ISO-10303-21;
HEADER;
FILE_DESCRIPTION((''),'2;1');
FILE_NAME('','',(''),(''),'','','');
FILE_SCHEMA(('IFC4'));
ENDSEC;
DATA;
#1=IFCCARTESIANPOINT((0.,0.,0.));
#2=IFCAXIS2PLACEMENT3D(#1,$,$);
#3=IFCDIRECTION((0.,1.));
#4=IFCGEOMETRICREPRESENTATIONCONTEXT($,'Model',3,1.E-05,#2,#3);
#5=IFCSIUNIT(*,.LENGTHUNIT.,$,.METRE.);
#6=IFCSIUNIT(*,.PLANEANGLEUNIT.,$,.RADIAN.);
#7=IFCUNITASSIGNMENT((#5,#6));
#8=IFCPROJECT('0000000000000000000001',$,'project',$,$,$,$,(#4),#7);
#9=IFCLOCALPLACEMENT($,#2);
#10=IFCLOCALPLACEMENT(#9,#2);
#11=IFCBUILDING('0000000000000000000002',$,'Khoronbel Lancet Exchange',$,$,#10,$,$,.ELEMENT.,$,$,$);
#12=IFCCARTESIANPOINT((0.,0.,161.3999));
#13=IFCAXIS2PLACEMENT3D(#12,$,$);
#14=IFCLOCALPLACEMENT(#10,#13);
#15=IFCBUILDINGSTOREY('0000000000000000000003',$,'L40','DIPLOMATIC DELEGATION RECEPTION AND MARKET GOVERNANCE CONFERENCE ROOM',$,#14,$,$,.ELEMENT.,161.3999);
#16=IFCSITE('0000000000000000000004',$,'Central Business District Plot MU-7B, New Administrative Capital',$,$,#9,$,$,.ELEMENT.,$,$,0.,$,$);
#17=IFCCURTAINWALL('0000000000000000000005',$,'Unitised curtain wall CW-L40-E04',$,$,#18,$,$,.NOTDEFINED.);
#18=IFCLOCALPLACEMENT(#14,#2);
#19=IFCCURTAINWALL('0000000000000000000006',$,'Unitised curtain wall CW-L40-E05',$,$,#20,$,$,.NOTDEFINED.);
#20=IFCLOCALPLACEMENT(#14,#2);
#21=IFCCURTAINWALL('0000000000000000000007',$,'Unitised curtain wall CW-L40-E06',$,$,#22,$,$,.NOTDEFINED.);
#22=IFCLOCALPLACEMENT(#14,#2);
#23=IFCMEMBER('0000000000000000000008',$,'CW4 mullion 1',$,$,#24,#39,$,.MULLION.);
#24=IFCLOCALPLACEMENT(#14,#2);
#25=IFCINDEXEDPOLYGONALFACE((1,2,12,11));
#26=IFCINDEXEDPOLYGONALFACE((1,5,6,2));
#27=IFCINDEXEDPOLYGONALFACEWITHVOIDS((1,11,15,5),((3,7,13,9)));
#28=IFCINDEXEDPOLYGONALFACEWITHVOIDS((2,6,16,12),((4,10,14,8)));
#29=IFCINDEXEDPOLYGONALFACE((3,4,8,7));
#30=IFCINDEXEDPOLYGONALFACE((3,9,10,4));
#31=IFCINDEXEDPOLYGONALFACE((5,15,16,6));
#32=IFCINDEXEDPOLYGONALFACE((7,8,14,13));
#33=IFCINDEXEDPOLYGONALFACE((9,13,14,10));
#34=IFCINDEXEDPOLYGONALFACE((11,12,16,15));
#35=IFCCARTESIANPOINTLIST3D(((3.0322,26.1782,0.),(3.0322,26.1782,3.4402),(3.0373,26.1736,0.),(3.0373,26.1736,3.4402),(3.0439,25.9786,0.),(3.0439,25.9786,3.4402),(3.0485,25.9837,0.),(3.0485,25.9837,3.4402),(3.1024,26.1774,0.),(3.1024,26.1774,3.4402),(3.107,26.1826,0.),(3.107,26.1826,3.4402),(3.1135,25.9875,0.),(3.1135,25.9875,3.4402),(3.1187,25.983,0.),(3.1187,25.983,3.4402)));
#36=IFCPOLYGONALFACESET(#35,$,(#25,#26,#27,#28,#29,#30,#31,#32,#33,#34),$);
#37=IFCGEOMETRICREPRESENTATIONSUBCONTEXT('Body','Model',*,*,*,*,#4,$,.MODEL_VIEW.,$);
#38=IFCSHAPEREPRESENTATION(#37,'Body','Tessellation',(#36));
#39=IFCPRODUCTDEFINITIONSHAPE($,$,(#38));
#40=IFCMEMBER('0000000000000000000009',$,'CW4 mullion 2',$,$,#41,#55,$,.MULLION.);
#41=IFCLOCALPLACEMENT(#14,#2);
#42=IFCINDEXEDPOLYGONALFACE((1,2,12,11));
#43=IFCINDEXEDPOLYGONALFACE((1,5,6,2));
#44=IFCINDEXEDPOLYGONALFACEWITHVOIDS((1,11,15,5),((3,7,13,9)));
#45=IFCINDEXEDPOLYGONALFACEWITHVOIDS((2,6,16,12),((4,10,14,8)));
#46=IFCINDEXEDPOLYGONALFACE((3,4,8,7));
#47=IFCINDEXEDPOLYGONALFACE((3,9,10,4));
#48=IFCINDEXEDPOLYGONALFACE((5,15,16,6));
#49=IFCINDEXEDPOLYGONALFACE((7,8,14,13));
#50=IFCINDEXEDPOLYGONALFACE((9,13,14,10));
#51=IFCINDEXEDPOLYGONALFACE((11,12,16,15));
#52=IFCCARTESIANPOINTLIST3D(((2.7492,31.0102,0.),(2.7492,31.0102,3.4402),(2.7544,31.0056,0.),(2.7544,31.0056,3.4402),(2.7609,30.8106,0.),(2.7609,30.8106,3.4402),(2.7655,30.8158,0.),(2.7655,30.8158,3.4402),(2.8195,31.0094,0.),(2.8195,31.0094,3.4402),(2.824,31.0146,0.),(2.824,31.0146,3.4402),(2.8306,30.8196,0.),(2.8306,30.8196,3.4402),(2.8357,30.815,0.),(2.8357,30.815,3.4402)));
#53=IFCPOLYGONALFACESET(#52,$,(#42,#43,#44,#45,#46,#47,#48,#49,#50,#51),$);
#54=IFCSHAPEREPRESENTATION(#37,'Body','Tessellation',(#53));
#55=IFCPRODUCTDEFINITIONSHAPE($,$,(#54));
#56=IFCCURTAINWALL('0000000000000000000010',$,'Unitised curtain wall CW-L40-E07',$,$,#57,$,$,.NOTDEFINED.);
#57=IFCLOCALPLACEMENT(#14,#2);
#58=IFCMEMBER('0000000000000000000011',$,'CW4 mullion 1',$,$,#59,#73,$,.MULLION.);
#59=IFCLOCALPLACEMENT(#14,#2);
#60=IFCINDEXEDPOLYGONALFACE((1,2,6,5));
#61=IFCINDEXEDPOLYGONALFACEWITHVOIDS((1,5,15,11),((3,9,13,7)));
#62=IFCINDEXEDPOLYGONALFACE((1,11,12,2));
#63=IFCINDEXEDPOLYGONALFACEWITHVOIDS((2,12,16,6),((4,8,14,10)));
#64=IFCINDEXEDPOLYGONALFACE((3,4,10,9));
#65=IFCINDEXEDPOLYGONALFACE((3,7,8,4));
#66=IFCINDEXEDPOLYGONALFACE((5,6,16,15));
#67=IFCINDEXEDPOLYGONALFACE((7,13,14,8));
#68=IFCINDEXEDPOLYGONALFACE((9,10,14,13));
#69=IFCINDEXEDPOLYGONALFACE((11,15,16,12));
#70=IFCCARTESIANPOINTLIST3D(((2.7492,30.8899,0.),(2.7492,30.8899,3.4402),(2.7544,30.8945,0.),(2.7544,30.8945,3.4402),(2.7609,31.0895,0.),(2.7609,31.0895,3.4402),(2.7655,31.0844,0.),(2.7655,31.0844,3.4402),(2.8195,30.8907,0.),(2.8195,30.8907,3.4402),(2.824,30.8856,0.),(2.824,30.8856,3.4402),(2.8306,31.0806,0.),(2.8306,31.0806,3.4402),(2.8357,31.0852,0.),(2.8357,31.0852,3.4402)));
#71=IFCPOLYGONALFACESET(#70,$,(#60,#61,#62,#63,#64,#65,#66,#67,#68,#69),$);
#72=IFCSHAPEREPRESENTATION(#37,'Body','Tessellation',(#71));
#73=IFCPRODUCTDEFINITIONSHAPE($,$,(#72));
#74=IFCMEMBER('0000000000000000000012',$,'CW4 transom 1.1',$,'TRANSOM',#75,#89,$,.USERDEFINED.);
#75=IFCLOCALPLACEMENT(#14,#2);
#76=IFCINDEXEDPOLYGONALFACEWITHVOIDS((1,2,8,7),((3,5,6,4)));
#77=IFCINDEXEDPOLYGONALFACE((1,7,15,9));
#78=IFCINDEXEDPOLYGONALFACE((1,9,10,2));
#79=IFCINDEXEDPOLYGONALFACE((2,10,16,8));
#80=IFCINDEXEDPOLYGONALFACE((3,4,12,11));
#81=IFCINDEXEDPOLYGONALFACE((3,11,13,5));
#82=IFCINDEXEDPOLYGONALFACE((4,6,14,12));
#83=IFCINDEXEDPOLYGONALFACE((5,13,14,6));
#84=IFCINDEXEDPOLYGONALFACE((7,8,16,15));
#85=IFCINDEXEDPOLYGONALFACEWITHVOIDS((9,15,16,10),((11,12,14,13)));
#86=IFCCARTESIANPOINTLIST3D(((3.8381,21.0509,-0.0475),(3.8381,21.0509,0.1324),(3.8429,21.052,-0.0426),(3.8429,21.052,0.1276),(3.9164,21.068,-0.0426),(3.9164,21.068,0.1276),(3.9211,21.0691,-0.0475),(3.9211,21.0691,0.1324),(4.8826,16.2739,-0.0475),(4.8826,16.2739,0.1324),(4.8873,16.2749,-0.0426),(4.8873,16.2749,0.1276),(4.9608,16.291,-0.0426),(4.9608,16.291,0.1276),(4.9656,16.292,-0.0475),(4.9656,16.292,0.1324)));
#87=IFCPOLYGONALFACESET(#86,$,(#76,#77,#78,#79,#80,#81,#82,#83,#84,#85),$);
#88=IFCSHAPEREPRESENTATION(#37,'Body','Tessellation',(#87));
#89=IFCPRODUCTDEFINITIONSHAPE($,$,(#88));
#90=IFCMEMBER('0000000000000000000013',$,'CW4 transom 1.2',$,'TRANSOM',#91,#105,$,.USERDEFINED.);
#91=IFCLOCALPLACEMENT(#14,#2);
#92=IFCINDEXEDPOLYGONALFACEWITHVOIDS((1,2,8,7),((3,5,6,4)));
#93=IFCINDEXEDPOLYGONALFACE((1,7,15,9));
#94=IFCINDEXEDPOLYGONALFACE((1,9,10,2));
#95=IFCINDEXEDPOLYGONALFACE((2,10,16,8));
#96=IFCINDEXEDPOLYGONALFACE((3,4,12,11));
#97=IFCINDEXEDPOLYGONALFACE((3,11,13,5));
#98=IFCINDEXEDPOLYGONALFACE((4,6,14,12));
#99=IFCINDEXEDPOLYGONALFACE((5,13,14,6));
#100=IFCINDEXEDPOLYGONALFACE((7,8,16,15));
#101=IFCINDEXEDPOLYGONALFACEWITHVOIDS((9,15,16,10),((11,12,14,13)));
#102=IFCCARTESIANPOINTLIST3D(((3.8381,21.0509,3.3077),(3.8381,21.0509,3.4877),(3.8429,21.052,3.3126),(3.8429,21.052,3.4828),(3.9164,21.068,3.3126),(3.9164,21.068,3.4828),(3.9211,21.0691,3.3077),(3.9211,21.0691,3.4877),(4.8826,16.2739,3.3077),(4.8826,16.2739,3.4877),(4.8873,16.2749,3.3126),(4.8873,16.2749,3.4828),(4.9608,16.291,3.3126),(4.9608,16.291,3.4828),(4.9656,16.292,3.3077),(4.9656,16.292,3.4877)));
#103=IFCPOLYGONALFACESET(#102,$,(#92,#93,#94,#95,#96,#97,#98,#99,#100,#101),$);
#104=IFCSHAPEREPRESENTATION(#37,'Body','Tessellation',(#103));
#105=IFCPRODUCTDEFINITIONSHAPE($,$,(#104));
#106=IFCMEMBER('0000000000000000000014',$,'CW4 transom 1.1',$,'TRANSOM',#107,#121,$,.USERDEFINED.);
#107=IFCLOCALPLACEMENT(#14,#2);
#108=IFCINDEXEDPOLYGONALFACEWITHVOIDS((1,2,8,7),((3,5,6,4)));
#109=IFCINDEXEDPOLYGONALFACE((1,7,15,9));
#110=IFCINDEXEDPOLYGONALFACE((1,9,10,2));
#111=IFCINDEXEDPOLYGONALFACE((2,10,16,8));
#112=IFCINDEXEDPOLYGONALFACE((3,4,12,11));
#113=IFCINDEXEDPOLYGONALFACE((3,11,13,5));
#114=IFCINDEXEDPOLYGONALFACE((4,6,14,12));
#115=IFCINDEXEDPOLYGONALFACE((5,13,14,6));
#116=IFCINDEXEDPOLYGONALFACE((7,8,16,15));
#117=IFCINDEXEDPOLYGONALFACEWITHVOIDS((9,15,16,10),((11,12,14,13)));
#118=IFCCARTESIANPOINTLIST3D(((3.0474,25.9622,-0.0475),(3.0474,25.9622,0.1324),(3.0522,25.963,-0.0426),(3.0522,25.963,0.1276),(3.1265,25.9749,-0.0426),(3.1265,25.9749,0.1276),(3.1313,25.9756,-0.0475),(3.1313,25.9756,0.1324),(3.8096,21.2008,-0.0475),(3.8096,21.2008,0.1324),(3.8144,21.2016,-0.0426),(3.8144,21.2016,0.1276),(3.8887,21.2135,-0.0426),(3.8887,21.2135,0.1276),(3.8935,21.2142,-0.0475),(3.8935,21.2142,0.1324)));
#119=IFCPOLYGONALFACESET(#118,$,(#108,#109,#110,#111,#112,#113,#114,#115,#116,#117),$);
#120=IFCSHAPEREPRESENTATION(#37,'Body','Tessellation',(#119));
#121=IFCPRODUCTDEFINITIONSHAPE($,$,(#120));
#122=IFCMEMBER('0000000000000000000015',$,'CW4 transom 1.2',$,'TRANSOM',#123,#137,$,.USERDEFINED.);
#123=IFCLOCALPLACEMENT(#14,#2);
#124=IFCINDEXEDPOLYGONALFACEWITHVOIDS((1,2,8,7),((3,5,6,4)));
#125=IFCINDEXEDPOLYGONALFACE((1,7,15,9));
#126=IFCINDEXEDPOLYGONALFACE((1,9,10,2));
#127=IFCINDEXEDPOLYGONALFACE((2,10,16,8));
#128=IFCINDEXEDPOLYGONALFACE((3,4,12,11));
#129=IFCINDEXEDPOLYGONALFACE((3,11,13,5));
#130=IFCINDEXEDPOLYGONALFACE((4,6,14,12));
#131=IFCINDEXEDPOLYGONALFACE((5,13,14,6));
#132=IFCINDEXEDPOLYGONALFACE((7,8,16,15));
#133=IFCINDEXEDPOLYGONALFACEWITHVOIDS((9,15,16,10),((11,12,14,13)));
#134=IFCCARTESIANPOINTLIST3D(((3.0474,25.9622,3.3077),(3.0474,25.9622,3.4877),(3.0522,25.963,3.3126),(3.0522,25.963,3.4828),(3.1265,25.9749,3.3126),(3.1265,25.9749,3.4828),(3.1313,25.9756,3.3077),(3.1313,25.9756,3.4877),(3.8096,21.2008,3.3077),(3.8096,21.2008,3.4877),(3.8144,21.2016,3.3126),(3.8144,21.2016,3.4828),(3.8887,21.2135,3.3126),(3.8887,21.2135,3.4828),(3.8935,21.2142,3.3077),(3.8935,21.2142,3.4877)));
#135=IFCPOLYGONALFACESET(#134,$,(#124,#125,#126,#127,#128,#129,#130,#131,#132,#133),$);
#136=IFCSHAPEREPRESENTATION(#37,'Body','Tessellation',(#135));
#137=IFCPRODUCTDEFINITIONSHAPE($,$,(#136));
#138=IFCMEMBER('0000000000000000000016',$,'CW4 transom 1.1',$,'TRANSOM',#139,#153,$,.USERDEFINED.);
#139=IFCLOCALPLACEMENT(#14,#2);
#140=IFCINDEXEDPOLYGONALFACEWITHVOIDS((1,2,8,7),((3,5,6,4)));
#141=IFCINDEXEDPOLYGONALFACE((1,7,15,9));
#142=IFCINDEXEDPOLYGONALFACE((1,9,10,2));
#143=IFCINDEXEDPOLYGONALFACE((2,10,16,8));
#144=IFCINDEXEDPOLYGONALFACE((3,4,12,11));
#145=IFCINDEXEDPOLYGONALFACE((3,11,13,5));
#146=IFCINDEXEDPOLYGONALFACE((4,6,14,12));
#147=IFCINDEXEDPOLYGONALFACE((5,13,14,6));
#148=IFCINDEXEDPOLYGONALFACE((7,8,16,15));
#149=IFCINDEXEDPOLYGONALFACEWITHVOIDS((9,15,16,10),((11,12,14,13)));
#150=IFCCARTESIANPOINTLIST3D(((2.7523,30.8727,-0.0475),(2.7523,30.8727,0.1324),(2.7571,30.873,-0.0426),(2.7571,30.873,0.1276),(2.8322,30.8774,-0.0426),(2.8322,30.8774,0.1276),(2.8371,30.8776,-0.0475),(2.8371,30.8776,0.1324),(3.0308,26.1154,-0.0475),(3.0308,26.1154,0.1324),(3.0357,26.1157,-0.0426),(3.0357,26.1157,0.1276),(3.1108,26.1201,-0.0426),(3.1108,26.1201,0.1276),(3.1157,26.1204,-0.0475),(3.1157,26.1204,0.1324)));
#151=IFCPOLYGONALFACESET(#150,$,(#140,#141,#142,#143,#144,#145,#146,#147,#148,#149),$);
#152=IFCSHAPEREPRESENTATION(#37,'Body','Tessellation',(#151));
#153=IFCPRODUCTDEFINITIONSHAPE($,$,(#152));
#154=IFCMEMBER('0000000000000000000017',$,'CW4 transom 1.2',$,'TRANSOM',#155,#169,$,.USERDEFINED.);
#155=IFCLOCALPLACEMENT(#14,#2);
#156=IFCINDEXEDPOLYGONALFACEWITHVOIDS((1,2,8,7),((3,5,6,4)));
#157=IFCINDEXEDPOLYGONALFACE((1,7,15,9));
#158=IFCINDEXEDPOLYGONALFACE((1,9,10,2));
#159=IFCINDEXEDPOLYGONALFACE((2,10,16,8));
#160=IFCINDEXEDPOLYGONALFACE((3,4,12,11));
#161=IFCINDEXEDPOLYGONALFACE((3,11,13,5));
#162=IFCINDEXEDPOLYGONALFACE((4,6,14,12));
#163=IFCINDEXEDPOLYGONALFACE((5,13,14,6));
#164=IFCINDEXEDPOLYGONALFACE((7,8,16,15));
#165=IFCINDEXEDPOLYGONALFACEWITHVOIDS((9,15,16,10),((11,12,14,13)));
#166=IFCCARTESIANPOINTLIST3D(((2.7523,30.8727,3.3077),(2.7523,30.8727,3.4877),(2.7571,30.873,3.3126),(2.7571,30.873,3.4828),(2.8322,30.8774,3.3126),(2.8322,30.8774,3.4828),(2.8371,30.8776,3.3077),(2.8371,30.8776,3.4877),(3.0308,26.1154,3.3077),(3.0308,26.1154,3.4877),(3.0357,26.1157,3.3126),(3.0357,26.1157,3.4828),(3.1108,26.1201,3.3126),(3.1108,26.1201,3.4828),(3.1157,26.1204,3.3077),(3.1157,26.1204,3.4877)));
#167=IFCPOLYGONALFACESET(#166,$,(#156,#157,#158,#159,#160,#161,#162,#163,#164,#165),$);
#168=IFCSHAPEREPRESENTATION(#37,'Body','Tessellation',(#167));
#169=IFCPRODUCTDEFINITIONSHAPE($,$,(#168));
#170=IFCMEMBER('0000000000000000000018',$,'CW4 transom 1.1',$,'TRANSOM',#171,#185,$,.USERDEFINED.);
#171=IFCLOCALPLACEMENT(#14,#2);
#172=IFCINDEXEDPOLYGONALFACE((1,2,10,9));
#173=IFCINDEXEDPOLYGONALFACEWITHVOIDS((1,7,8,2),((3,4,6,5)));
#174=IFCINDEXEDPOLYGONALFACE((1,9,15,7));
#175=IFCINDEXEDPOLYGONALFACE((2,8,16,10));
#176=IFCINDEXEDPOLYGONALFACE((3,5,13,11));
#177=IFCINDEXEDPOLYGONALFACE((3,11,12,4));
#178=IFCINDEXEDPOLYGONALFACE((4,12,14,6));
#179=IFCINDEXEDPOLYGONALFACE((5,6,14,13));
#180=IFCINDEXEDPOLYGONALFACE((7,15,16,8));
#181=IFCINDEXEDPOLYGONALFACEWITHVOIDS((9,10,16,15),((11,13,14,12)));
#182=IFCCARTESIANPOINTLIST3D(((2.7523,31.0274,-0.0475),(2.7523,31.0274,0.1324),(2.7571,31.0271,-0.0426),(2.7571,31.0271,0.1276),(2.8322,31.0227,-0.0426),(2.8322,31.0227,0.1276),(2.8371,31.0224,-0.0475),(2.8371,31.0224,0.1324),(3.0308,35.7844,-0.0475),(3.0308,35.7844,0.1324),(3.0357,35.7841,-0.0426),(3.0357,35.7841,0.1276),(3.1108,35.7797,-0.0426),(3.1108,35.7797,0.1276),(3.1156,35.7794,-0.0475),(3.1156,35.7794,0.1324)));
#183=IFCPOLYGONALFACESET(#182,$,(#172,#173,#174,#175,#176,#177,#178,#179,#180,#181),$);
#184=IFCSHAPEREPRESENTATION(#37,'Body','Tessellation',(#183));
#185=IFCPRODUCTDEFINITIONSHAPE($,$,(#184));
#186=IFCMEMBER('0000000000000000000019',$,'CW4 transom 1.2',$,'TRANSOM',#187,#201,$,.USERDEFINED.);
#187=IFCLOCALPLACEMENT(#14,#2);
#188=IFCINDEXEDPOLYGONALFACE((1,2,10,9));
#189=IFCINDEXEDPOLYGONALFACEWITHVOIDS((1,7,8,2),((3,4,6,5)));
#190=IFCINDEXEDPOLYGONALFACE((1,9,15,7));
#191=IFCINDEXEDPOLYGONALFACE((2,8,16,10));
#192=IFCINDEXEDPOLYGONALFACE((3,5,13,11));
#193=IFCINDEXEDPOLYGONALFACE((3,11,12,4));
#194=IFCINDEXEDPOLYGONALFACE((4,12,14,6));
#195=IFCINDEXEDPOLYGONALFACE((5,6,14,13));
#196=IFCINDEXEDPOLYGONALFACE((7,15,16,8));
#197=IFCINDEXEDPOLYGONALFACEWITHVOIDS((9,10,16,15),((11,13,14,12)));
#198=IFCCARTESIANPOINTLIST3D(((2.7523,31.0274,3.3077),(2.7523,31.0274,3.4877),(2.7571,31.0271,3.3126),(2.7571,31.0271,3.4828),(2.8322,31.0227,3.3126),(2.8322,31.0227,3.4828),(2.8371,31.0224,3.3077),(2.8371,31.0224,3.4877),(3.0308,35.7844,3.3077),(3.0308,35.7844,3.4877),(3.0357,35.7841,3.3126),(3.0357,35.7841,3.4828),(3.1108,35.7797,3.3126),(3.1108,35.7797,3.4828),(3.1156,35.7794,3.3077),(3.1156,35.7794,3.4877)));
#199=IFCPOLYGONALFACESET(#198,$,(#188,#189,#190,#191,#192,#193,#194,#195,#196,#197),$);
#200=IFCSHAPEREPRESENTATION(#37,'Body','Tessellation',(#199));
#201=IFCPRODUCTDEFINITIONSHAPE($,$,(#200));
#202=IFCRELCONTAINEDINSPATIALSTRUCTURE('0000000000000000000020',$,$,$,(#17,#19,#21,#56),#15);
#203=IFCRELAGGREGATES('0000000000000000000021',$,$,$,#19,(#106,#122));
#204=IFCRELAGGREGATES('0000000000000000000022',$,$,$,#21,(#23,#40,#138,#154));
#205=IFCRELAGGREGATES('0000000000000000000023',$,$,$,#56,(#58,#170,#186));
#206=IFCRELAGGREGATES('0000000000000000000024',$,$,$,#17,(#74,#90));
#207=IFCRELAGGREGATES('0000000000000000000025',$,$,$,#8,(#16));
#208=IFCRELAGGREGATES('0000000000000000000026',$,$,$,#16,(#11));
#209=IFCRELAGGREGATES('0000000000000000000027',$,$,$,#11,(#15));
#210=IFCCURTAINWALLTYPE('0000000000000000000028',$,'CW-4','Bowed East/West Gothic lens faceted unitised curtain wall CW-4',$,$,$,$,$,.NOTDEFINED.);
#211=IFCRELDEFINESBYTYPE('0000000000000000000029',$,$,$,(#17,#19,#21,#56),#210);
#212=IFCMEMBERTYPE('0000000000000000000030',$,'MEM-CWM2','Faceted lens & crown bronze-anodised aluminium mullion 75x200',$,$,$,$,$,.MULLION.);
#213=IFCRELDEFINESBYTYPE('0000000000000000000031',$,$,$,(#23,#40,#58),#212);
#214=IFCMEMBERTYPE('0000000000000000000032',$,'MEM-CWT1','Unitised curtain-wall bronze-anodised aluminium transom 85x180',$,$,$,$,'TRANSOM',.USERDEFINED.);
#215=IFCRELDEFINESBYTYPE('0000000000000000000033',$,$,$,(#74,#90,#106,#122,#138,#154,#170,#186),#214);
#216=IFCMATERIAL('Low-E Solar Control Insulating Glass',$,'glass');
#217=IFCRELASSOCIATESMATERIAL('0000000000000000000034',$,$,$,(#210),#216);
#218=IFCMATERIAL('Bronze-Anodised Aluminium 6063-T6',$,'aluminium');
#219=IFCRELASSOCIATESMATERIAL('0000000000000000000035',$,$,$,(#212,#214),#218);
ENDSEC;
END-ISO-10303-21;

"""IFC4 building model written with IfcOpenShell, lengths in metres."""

from ifc_helpers import new_model, si_unit, direction, frame, origin, origin_2d, place, context, subcontext, project, spatial, hollow_rectangle, extrude, material, material_profile, profile_set, type_object, element, aggregate, save


model = new_model("IFC4")

# Units and contexts
model_context = context("Model", 3, precision=1e-05, world=origin(), true_north=direction((0.0, 1.0)))
body_context = subcontext(model_context, "Body", "Model", "MODEL_VIEW")
ifc_project = project(units=[si_unit("LENGTHUNIT", "METRE"), si_unit("PLANEANGLEUNIT", "RADIAN")], contexts=[model_context])

# Site, building, storey
site_placement = place(None, origin())
site = spatial("IfcSite", under=ifc_project, at=site_placement, Name="Central Business District Plot MU-7B, New Administrative Capital", CompositionType="ELEMENT", RefElevation=0.0)
building_placement = place(site_placement, origin())
building = spatial("IfcBuilding", under=site, at=building_placement, Name="Khoronbel Lancet Exchange", CompositionType="ELEMENT")
storey_placement = place(building_placement, frame((0.0, 0.0, 161.3999)))
storey = spatial("IfcBuildingStorey", under=building, at=storey_placement, Name="L40", Description="DIPLOMATIC DELEGATION RECEPTION AND MARKET GOVERNANCE CONFERENCE ROOM", CompositionType="ELEMENT", Elevation=161.3999)

# Curtain walls, members
ifc_material_1 = material(Name="Low-E Solar Control Insulating Glass", Category="glass")
curtain_wall_type = type_object("IfcCurtainWallType", Name="CW-4", Description="Bowed East/West Gothic lens faceted unitised curtain wall CW-4", PredefinedType="NOTDEFINED", material=ifc_material_1)
curtain_wall_1_placement = place(storey_placement, origin())
curtain_wall_1 = element("IfcCurtainWall", 1, at=curtain_wall_1_placement, inside=storey, type_object=curtain_wall_type, Name="Unitised curtain wall CW-L40-E04", PredefinedType="NOTDEFINED")
ifc_material_2 = material(Name="Bronze-Anodised Aluminium 6063-T6", Category="aluminium")
ifc_material_profile_1 = material_profile(ifc_material_2, hollow_rectangle(XDim=0.075, YDim=0.2, WallThickness=0.0049, at=origin_2d()), Name="ALU MULLION 75x200")
ifc_profile_set_1 = profile_set([ifc_material_profile_1], Name="Bronze-Anodised Aluminium 6063-T6")
member_type_1 = type_object("IfcMemberType", Name="MEM-CWM2", Description="Faceted lens & crown bronze-anodised aluminium mullion 75x200", PredefinedType="MULLION", material=ifc_profile_set_1)
curtain_wall_2_placement = place(storey_placement, origin())
curtain_wall_2 = element("IfcCurtainWall", 2, at=curtain_wall_2_placement, inside=storey, type_object=curtain_wall_type, Name="Unitised curtain wall CW-L40-E05", PredefinedType="NOTDEFINED")
curtain_wall_3_placement = place(storey_placement, origin())
curtain_wall_3 = element("IfcCurtainWall", 3, at=curtain_wall_3_placement, inside=storey, type_object=curtain_wall_type, Name="Unitised curtain wall CW-L40-E06", PredefinedType="NOTDEFINED")
member_1_placement = place(storey_placement, frame((3.0754, 26.0806, 0.0), z_axis=(0.0, 0.0, 1.0), x_axis=(-0.998289, -0.05847, 0.0)))
member_1 = element("IfcMember", 4, at=member_1_placement, type_object=member_type_1, Name="CW4 mullion 1", PredefinedType="MULLION", context=body_context, shape_type="SweptSolid", body=[
    extrude(hollow_rectangle(XDim=0.075, YDim=0.2, WallThickness=0.0049, at=origin_2d()), origin(), (0.0, 0.0, 1.0), 3.4402),
])
member_2_placement = place(storey_placement, frame((2.7925, 30.9126, 0.0), z_axis=(0.0, 0.0, 1.0), x_axis=(-0.998289, -0.05847, 0.0)))
member_2 = element("IfcMember", 5, at=member_2_placement, type_object=member_type_1, Name="CW4 mullion 2", PredefinedType="MULLION", context=body_context, shape_type="SweptSolid", body=[
    extrude(hollow_rectangle(XDim=0.075, YDim=0.2, WallThickness=0.0049, at=origin_2d()), origin(), (0.0, 0.0, 1.0), 3.4402),
])

# Curtain wall, member
curtain_wall_4_placement = place(storey_placement, origin())
curtain_wall_4 = element("IfcCurtainWall", 6, at=curtain_wall_4_placement, inside=storey, type_object=curtain_wall_type, Name="Unitised curtain wall CW-L40-E07", PredefinedType="NOTDEFINED")
member_3_placement = place(storey_placement, frame((2.7925, 30.9875, 0.0), z_axis=(0.0, 0.0, 1.0), x_axis=(-0.998289, 0.05847, 0.0)))
member_3 = element("IfcMember", 7, at=member_3_placement, type_object=member_type_1, Name="CW4 mullion 1", PredefinedType="MULLION", context=body_context, shape_type="SweptSolid", body=[
    extrude(hollow_rectangle(XDim=0.075, YDim=0.2, WallThickness=0.0049, at=origin_2d()), origin(), (0.0, 0.0, 1.0), 3.4402),
])

# Members
ifc_material_profile_2 = material_profile(ifc_material_2, hollow_rectangle(XDim=0.085, YDim=0.1799, WallThickness=0.0049, at=origin_2d()), Name="ALU TRANSOM 85x180")
ifc_profile_set_2 = profile_set([ifc_material_profile_2], Name="Bronze-Anodised Aluminium 6063-T6")
member_type_2 = type_object("IfcMemberType", Name="MEM-CWT1", Description="Unitised curtain-wall bronze-anodised aluminium transom 85x180", ElementType="TRANSOM", PredefinedType="USERDEFINED", material=ifc_profile_set_2)
member_4_placement = place(storey_placement, frame((4.9241, 16.283, 0.0425), z_axis=(-0.213588, 0.976924, 0.0), x_axis=(-0.976924, -0.213588, 0.0)))
member_4 = element("IfcMember", 8, at=member_4_placement, type_object=member_type_2, Name="CW4 transom 1.1", ObjectType="TRANSOM", PredefinedType="USERDEFINED", context=body_context, shape_type="SweptSolid", body=[
    extrude(hollow_rectangle(XDim=0.085, YDim=0.1799, WallThickness=0.0049, at=origin_2d()), origin(), (0.0, 0.0, 1.0), 4.8899),
])
member_5_placement = place(storey_placement, frame((4.9241, 16.283, 3.3977), z_axis=(-0.213588, 0.976924, 0.0), x_axis=(-0.976924, -0.213588, 0.0)))
member_5 = element("IfcMember", 9, at=member_5_placement, type_object=member_type_2, Name="CW4 transom 1.2", ObjectType="TRANSOM", PredefinedType="USERDEFINED", context=body_context, shape_type="SweptSolid", body=[
    extrude(hollow_rectangle(XDim=0.085, YDim=0.1799, WallThickness=0.0049, at=origin_2d()), origin(), (0.0, 0.0, 1.0), 4.8899),
])
member_6_placement = place(storey_placement, frame((3.8516, 21.2075, 0.0425), z_axis=(-0.158066, 0.987429, 0.0), x_axis=(-0.987429, -0.158066, 0.0)))
member_6 = element("IfcMember", 10, at=member_6_placement, type_object=member_type_2, Name="CW4 transom 1.1", ObjectType="TRANSOM", PredefinedType="USERDEFINED", context=body_context, shape_type="SweptSolid", body=[
    extrude(hollow_rectangle(XDim=0.085, YDim=0.1799, WallThickness=0.0049, at=origin_2d()), origin(), (0.0, 0.0, 1.0), 4.822),
])
member_7_placement = place(storey_placement, frame((3.8516, 21.2075, 3.3977), z_axis=(-0.158066, 0.987429, 0.0), x_axis=(-0.987429, -0.158066, 0.0)))
member_7 = element("IfcMember", 11, at=member_7_placement, type_object=member_type_2, Name="CW4 transom 1.2", ObjectType="TRANSOM", PredefinedType="USERDEFINED", context=body_context, shape_type="SweptSolid", body=[
    extrude(hollow_rectangle(XDim=0.085, YDim=0.1799, WallThickness=0.0049, at=origin_2d()), origin(), (0.0, 0.0, 1.0), 4.822),
])
member_8_placement = place(storey_placement, frame((3.0732, 26.1179, 0.0425), z_axis=(-0.058455, 0.99829, 0.0), x_axis=(-0.99829, -0.058455, 0.0)))
member_8 = element("IfcMember", 12, at=member_8_placement, type_object=member_type_2, Name="CW4 transom 1.1", ObjectType="TRANSOM", PredefinedType="USERDEFINED", context=body_context, shape_type="SweptSolid", body=[
    extrude(hollow_rectangle(XDim=0.085, YDim=0.1799, WallThickness=0.0049, at=origin_2d()), origin(), (0.0, 0.0, 1.0), 4.7654),
])
member_9_placement = place(storey_placement, frame((3.0732, 26.1179, 3.3977), z_axis=(-0.058455, 0.99829, 0.0), x_axis=(-0.99829, -0.058455, 0.0)))
member_9 = element("IfcMember", 13, at=member_9_placement, type_object=member_type_2, Name="CW4 transom 1.2", ObjectType="TRANSOM", PredefinedType="USERDEFINED", context=body_context, shape_type="SweptSolid", body=[
    extrude(hollow_rectangle(XDim=0.085, YDim=0.1799, WallThickness=0.0049, at=origin_2d()), origin(), (0.0, 0.0, 1.0), 4.7654),
])
member_10_placement = place(storey_placement, frame((2.7947, 31.0249, 0.0425), z_axis=(0.058458, 0.99829, 0.0), x_axis=(-0.99829, 0.058458, 0.0)))
member_10 = element("IfcMember", 14, at=member_10_placement, type_object=member_type_2, Name="CW4 transom 1.1", ObjectType="TRANSOM", PredefinedType="USERDEFINED", context=body_context, shape_type="SweptSolid", body=[
    extrude(hollow_rectangle(XDim=0.085, YDim=0.1799, WallThickness=0.0049, at=origin_2d()), origin(), (0.0, 0.0, 1.0), 4.7651),
])
member_11_placement = place(storey_placement, frame((2.7947, 31.0249, 3.3977), z_axis=(0.058458, 0.99829, 0.0), x_axis=(-0.99829, 0.058458, 0.0)))
member_11 = element("IfcMember", 15, at=member_11_placement, type_object=member_type_2, Name="CW4 transom 1.2", ObjectType="TRANSOM", PredefinedType="USERDEFINED", context=body_context, shape_type="SweptSolid", body=[
    extrude(hollow_rectangle(XDim=0.085, YDim=0.1799, WallThickness=0.0049, at=origin_2d()), origin(), (0.0, 0.0, 1.0), 4.7651),
])

aggregate(curtain_wall_2, [member_6, member_7])
aggregate(curtain_wall_3, [member_1, member_2, member_8, member_9])
aggregate(curtain_wall_4, [member_3, member_10, member_11])
aggregate(curtain_wall_1, [member_4, member_5])

save(model, "model.ifc")
